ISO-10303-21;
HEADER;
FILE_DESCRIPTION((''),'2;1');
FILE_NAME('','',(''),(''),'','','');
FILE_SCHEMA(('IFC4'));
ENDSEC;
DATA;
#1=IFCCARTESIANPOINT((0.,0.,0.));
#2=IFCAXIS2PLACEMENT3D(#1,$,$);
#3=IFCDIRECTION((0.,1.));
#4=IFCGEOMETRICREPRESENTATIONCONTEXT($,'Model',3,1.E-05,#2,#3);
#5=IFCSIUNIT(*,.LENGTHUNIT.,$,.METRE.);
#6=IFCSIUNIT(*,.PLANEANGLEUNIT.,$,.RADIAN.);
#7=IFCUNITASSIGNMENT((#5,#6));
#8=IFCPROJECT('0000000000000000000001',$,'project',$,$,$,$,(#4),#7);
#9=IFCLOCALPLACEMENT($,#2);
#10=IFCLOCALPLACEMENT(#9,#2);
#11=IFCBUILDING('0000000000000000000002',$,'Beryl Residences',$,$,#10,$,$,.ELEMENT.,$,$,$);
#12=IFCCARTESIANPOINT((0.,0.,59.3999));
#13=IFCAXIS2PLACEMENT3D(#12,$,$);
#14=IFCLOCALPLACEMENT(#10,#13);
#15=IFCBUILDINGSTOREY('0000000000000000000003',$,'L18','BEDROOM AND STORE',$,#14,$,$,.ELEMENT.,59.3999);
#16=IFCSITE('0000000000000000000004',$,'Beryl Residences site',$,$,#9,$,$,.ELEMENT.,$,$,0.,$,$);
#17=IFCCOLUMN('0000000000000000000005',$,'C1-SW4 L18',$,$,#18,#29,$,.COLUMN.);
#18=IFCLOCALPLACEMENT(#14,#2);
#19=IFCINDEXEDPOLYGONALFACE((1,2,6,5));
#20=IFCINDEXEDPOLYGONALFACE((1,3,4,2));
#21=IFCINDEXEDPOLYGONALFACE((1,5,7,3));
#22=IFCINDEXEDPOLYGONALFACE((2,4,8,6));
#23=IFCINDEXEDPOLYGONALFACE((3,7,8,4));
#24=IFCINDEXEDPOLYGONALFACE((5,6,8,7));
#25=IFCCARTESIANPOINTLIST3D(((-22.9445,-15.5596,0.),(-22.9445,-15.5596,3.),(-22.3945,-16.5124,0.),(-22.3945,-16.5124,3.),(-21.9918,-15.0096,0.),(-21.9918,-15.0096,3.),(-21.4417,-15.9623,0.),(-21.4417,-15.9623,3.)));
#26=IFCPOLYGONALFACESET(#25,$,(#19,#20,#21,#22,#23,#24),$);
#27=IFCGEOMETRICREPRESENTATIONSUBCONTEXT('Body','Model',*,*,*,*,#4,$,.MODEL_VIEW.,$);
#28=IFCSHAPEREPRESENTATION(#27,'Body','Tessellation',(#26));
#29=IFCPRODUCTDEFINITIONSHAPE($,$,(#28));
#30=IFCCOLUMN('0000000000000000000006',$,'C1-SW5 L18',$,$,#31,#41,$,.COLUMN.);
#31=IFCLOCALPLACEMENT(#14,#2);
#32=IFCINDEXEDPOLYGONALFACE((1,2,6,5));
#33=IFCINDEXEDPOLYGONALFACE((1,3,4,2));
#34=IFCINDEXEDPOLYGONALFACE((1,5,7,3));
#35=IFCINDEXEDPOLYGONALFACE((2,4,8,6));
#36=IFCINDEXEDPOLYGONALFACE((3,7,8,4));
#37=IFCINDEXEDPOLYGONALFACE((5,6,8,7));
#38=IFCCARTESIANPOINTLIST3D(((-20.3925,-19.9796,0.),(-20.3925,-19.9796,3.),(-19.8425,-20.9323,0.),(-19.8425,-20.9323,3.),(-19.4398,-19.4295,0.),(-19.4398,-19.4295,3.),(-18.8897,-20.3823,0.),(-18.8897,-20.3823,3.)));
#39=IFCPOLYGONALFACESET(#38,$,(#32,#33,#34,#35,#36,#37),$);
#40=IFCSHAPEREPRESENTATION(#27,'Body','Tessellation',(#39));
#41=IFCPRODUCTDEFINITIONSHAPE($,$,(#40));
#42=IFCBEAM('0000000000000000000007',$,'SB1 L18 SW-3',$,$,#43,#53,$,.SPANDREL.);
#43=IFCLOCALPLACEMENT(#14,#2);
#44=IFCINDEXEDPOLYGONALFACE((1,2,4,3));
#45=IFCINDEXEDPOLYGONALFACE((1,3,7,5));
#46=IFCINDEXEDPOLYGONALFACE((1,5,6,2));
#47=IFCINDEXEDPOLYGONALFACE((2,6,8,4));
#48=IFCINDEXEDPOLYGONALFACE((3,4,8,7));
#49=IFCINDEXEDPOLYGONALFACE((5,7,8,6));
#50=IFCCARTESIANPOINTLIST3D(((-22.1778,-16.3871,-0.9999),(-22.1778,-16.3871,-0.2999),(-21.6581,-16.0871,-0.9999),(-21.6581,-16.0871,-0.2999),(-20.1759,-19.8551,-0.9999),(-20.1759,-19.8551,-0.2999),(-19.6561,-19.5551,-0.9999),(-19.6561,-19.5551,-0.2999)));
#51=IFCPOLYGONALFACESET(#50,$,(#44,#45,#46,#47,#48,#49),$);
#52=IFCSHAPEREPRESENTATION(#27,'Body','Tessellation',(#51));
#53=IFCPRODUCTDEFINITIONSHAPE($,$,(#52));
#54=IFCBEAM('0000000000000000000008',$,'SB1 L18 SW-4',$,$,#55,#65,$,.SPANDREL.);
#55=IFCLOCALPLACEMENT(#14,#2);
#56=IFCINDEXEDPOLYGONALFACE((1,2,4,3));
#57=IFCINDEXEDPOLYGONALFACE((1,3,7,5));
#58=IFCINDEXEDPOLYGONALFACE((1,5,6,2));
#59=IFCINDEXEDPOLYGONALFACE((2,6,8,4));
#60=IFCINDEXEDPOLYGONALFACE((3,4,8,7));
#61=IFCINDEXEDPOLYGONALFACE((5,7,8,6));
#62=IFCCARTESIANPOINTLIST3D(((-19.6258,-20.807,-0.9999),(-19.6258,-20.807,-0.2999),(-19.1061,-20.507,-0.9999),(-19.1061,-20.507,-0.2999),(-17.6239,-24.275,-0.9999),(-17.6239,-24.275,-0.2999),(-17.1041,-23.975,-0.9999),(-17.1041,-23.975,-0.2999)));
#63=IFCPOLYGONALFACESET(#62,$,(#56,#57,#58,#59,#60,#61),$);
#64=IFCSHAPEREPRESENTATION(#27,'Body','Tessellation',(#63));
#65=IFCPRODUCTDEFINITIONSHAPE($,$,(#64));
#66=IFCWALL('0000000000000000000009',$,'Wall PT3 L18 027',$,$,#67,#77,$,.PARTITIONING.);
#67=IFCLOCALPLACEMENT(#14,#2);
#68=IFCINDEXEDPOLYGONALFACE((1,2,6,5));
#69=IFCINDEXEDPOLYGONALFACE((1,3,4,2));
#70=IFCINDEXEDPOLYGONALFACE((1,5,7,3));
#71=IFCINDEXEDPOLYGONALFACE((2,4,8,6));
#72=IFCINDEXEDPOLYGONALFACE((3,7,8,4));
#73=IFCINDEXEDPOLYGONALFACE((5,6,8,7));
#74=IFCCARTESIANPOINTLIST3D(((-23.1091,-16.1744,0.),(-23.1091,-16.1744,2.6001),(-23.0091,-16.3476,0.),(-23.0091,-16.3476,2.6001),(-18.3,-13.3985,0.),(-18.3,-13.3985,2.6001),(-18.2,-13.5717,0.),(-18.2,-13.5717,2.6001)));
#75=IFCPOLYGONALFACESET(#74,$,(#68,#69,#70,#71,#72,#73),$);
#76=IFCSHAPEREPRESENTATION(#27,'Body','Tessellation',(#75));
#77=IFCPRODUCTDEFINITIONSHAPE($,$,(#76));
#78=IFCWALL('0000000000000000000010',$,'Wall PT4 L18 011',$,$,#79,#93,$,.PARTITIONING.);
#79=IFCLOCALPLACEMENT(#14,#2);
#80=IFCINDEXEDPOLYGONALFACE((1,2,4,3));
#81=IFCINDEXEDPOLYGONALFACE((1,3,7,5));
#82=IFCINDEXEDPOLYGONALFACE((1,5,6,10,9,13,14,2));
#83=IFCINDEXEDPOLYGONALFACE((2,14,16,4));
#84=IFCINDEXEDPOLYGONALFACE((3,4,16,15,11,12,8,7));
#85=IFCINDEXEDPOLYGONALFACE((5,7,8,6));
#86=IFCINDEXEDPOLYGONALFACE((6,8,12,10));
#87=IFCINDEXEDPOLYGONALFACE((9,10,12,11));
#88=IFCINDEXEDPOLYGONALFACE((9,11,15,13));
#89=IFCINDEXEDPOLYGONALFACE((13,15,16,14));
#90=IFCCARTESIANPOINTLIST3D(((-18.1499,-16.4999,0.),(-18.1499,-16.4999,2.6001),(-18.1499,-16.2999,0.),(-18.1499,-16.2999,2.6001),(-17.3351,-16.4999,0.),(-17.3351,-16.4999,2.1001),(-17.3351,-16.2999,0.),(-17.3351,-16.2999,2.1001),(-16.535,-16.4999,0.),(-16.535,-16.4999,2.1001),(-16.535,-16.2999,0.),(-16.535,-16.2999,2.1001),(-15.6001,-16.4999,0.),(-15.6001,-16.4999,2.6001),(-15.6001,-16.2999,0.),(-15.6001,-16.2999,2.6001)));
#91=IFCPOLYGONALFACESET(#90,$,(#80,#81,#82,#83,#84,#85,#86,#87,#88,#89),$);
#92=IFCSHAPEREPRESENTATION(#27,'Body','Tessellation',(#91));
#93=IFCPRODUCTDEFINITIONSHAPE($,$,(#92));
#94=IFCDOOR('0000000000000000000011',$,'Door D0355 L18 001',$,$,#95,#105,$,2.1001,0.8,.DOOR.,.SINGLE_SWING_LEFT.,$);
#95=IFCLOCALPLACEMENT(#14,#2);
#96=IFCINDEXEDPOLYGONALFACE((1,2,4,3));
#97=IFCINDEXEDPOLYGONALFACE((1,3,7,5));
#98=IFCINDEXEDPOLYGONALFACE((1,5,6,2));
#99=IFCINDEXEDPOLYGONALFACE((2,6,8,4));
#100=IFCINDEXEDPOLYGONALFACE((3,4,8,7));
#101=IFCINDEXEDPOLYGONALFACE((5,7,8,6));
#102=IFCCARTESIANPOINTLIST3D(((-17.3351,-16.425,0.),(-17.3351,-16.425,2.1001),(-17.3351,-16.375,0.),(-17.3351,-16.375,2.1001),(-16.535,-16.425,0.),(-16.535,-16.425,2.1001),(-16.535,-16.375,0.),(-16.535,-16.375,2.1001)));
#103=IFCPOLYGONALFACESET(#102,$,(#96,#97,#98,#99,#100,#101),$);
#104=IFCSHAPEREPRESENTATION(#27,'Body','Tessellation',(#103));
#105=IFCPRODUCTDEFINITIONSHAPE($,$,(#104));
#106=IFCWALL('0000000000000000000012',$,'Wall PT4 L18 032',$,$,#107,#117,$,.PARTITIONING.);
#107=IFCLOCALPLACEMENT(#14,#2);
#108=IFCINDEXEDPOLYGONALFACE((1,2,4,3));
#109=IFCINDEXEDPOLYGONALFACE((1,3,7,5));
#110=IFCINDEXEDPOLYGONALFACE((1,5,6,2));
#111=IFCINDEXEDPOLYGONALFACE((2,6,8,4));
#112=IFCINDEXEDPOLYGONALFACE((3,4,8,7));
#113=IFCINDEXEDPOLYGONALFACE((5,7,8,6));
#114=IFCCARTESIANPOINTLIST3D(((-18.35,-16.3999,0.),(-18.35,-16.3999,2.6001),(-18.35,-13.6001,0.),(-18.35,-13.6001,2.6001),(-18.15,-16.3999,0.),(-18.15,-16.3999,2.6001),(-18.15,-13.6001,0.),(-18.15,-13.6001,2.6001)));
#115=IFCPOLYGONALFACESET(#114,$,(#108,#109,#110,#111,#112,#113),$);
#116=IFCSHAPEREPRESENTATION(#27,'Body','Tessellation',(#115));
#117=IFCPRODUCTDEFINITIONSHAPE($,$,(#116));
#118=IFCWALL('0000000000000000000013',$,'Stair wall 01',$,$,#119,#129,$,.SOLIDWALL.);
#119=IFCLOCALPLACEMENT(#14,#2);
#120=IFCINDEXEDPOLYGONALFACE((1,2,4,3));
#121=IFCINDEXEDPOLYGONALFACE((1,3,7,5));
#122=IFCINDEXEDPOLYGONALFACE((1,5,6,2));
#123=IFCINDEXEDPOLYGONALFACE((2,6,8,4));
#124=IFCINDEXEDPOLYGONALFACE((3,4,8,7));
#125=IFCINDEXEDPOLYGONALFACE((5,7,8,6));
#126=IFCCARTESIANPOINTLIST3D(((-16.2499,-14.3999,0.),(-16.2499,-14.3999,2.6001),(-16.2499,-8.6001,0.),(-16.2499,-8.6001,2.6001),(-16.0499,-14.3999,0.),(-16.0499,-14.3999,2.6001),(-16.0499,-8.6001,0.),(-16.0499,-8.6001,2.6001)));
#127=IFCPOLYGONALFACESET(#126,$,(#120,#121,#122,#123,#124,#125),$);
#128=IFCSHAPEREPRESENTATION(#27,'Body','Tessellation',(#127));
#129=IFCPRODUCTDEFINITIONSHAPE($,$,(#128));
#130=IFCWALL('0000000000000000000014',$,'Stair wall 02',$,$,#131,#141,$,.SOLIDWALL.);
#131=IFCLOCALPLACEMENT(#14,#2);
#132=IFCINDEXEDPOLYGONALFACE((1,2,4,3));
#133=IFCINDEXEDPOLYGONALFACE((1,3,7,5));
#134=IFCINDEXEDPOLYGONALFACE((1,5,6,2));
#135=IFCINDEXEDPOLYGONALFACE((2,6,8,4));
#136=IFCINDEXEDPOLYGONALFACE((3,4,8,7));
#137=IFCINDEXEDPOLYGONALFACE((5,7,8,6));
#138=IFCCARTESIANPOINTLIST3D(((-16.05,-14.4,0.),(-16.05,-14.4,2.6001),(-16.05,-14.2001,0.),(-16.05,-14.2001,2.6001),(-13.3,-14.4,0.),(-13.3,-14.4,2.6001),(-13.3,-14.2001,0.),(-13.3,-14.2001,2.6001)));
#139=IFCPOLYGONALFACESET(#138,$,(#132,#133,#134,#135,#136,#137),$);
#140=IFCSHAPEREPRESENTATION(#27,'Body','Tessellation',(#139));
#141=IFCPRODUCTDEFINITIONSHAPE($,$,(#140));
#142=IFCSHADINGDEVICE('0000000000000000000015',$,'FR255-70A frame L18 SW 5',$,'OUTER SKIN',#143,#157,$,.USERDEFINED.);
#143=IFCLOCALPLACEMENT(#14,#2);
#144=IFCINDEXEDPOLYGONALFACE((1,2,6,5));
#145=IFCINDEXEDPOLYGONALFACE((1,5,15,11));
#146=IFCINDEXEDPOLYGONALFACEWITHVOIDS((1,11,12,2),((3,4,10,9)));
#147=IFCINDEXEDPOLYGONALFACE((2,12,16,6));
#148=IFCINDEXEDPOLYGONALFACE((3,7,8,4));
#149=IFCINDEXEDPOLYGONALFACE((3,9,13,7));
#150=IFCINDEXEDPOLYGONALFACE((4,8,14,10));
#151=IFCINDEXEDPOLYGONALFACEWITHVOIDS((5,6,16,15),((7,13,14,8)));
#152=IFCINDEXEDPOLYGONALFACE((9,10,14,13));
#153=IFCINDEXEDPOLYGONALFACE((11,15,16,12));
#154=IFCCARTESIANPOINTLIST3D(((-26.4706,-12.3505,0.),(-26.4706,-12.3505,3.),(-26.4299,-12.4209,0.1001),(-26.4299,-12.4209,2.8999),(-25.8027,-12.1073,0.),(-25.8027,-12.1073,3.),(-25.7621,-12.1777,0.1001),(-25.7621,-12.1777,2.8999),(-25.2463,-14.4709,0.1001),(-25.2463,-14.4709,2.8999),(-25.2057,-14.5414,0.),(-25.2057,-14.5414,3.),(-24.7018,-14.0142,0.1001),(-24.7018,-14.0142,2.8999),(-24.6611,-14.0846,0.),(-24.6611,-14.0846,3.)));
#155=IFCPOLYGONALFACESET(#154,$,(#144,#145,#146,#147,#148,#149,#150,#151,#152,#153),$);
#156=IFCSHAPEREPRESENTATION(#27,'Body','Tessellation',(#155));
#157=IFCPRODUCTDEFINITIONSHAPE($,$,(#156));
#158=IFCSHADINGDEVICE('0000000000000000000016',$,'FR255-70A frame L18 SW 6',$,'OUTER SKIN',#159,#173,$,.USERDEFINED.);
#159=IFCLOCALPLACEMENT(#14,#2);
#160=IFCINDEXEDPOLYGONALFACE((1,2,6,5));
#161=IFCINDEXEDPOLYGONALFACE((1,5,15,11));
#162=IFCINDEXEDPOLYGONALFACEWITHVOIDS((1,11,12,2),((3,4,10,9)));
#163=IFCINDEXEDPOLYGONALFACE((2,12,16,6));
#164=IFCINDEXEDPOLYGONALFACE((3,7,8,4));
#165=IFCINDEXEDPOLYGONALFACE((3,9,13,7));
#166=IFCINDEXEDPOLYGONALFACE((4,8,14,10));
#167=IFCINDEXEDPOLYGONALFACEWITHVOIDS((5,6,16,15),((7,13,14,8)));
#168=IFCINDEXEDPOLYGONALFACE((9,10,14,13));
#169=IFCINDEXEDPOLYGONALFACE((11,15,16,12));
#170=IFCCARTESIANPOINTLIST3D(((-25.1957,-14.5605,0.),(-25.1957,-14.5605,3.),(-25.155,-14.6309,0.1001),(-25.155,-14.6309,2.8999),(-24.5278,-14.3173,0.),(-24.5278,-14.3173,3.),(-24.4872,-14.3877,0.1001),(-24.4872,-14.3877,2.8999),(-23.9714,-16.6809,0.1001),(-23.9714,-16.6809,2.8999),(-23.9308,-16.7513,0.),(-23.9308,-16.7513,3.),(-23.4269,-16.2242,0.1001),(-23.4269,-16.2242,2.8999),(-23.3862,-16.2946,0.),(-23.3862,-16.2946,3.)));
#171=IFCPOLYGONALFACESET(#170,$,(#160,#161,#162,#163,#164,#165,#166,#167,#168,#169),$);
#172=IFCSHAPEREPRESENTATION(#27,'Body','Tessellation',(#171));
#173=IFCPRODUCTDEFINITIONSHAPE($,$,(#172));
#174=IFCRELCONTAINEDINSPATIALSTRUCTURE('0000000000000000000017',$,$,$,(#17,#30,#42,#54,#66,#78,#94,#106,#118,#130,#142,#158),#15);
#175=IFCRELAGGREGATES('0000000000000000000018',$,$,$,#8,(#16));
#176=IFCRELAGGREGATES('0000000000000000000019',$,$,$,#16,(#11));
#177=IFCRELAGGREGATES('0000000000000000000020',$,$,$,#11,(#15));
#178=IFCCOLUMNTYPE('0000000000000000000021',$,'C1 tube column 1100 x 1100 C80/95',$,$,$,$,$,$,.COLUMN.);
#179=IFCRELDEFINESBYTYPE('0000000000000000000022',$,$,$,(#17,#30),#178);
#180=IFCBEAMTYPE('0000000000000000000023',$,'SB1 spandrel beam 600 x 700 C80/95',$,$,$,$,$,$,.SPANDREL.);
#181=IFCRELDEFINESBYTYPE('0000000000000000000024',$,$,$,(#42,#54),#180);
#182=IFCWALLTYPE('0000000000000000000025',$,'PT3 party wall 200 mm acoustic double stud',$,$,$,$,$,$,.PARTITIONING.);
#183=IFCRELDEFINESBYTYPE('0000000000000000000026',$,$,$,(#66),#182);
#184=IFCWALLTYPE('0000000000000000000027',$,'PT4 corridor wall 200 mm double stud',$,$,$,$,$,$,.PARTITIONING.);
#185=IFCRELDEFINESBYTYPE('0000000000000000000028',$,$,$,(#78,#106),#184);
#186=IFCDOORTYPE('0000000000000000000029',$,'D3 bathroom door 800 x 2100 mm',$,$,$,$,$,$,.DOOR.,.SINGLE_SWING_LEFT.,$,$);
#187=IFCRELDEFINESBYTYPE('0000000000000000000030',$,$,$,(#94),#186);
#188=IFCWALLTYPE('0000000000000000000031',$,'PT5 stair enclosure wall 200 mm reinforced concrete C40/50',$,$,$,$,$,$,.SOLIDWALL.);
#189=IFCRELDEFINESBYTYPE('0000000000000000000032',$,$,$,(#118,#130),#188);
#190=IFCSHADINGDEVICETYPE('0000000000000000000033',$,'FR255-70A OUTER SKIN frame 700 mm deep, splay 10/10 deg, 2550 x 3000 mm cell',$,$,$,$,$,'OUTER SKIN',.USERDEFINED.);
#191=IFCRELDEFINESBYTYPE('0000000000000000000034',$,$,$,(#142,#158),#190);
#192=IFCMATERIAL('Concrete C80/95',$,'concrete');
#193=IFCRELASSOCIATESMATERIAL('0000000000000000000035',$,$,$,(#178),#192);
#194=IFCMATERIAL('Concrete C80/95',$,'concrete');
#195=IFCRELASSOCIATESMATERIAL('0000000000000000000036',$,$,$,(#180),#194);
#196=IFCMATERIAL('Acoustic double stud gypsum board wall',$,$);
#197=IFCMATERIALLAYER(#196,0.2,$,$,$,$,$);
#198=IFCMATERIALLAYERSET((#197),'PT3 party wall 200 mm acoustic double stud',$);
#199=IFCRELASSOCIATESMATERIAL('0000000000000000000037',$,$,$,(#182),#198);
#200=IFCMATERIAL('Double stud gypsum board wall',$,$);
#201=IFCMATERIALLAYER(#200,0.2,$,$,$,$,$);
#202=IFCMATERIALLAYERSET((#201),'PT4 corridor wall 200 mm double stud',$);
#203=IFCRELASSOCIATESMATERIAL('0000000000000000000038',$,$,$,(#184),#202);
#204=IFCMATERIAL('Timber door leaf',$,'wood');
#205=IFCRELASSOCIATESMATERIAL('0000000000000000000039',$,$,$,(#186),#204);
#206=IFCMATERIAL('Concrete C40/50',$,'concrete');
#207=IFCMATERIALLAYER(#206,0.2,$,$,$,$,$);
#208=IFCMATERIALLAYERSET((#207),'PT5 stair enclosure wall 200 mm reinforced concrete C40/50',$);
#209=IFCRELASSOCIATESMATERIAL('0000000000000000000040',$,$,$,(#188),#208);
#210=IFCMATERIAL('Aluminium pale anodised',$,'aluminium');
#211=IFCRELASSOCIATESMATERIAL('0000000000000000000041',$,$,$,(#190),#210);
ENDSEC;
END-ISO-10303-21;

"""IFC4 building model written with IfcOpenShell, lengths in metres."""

from ifc_helpers import new_model, entity, si_unit, direction, frame, frame_2d, origin, origin_2d, place, context, subcontext, project, spatial, rectangle, extrude, source, transform, mapped, material, layer, layer_set, material_profile, profile_set, type_object, type_shapes, element, fill, save


model = new_model("IFC4")

# Units and contexts
model_context = context("Model", 3, precision=1e-05, world=origin(), true_north=direction((0.0, 1.0)))
body_context = subcontext(model_context, "Body", "Model", "MODEL_VIEW")
ifc_project = project(units=[si_unit("LENGTHUNIT", "METRE"), si_unit("PLANEANGLEUNIT", "RADIAN")], contexts=[model_context])

# Site, building, storey
site_placement = place(None, origin())
site = spatial("IfcSite", under=ifc_project, at=site_placement, Name="Beryl Residences site", CompositionType="ELEMENT", RefElevation=0.0)
building_placement = place(site_placement, origin())
building = spatial("IfcBuilding", under=site, at=building_placement, Name="Beryl Residences", CompositionType="ELEMENT")
storey_placement = place(building_placement, frame((0.0, 0.0, 59.3999)))
storey = spatial("IfcBuildingStorey", under=building, at=storey_placement, Name="L18", Description="BEDROOM AND STORE", CompositionType="ELEMENT", Elevation=59.3999)

# Columns
ifc_material_1 = material(Name="Concrete C80/95", Category="concrete")
ifc_material_profile_1 = material_profile(ifc_material_1, rectangle(XDim=1.1001, YDim=1.1001, at=origin_2d()))
ifc_profile_set_1 = profile_set([ifc_material_profile_1], Name="Concrete C80/95")
column_type = type_object("IfcColumnType", Name="C1 tube column 1100 x 1100 C80/95", PredefinedType="COLUMN", material=ifc_profile_set_1)
for number, where, z_axis, x_axis, name in (
    (1, (-22.1931, -15.761, 0.0), (0.0, 0.0, 1.0), (0.499985, -0.866034, 0.0), "C1-SW4 L18"),
    (2, (-19.6411, -20.1809, 0.0), (0.0, 0.0, 1.0), (0.499985, -0.866034, 0.0), "C1-SW5 L18"),
):
    element("IfcColumn", number, at=place(storey_placement, frame(where, z_axis=z_axis, x_axis=x_axis)), inside=storey, type_object=column_type, Name=name, PredefinedType="COLUMN", context=body_context, shape_type="SweptSolid", body=[
        extrude(rectangle(XDim=1.1001, YDim=1.1001, at=origin_2d()), origin(), (0.0, 0.0, 1.0), 3.0),
    ])

# Beams
ifc_material_2 = material(Name="Concrete C80/95", Category="concrete")
ifc_material_profile_2 = material_profile(ifc_material_2, rectangle(XDim=0.6001, YDim=0.7, at=origin_2d()))
ifc_profile_set_2 = profile_set([ifc_material_profile_2], Name="Concrete C80/95")
beam_type = type_object("IfcBeamType", Name="SB1 spandrel beam 600 x 700 C80/95", PredefinedType="SPANDREL", material=ifc_profile_set_2)
for number, where, z_axis, x_axis, name in (
    (3, (-21.918, -16.2371, -0.6499), (0.499942, -0.866059, 0.0), (0.866059, 0.499942, 0.0), "SB1 L18 SW-3"),
    (4, (-19.366, -20.657, -0.6499), (0.499942, -0.866059, 0.0), (0.866059, 0.499942, 0.0), "SB1 L18 SW-4"),
):
    element("IfcBeam", number, at=place(storey_placement, frame(where, z_axis=z_axis, x_axis=x_axis)), inside=storey, type_object=beam_type, Name=name, PredefinedType="SPANDREL", context=body_context, shape_type="SweptSolid", body=[
        extrude(rectangle(XDim=0.6001, YDim=0.7, at=origin_2d()), origin(), (0.0, 0.0, 1.0), 4.0044),
    ])

# Wall
ifc_material_3 = material(Name="Acoustic double stud gypsum board wall")
ifc_layer_1 = layer(ifc_material_3, 0.2)
ifc_layer_set_1 = layer_set([ifc_layer_1], Name="PT3 party wall 200 mm acoustic double stud")
wall_type_1 = type_object("IfcWallType", Name="PT3 party wall 200 mm acoustic double stud", PredefinedType="PARTITIONING", material=ifc_layer_set_1)
wall_1_placement = place(storey_placement, frame((-23.0591, -16.261, 0.0), z_axis=(0.0, 0.0, 1.0), x_axis=(0.866076, 0.499913, 0.0)))
element("IfcWall", 5, at=wall_1_placement, inside=storey, type_object=wall_type_1, Name="Wall PT3 L18 027", PredefinedType="PARTITIONING", context=body_context, shape_type="SweptSolid", body=[
    extrude(rectangle(XDim=5.5527, YDim=0.2, at=frame_2d((2.7764, 0.0))), origin(), (0.0, 0.0, 1.0), 2.6001),
])

# Wall, opening, door
ifc_material_4 = material(Name="Double stud gypsum board wall")
ifc_layer_2 = layer(ifc_material_4, 0.2)
ifc_layer_set_2 = layer_set([ifc_layer_2], Name="PT4 corridor wall 200 mm double stud")
wall_type_2 = type_object("IfcWallType", Name="PT4 corridor wall 200 mm double stud", PredefinedType="PARTITIONING", material=ifc_layer_set_2)
wall_2_placement = place(storey_placement, frame((-18.1499, -16.3999, 0.0), z_axis=(0.0, 0.0, 1.0), x_axis=(1.0, 0.0, 0.0)))
wall_2 = element("IfcWall", 6, at=wall_2_placement, inside=storey, type_object=wall_type_2, Name="Wall PT4 L18 011", PredefinedType="PARTITIONING", context=body_context, shape_type="SweptSolid", body=[
    extrude(rectangle(XDim=2.5498, YDim=0.2, at=frame_2d((1.2749, 0.0))), origin(), (0.0, 0.0, 1.0), 2.6001),
])
opening_placement = place(wall_2_placement, frame((0.8149, 0.0, 0.0)))
opening = element("IfcOpeningElement", 7, at=opening_placement, cuts=wall_2, PredefinedType="OPENING", context=body_context, shape_type="SweptSolid", body=[
    extrude(rectangle(XDim=0.8, YDim=2.1001, at=frame_2d((0.3999, 1.05))), frame((0.0, 0.1099, 0.0), z_axis=(0.0, -1.0, 0.0), x_axis=(1.0, 0.0, 0.0)), (0.0, 0.0, 1.0), 0.22),
])
ifc_material_5 = material(Name="Timber door leaf", Category="wood")
door_type = type_object("IfcDoorType", Name="D3 bathroom door 800 x 2100 mm", OperationType="SINGLE_SWING_LEFT", PredefinedType="DOOR", material=ifc_material_5)
door_placement = place(opening_placement, origin())
door = element("IfcDoor", 8, at=door_placement, inside=storey, type_object=door_type, Name="Door D0355 L18 001", OperationType="SINGLE_SWING_LEFT", OverallHeight=2.1001, OverallWidth=0.8, PredefinedType="DOOR", context=body_context, shape_type="SweptSolid", body=[
    extrude(rectangle(XDim=0.8, YDim=2.1001, at=frame_2d((0.3999, 1.05))), frame((0.0, 0.0249, 0.0), z_axis=(0.0, -1.0, 0.0), x_axis=(1.0, 0.0, 0.0)), (0.0, 0.0, 1.0), 0.05),
])
fill(opening, door)

# Walls
wall_3_placement = place(storey_placement, frame((-18.25, -16.3999, 0.0), z_axis=(0.0, 0.0, 1.0), x_axis=(0.0, 1.0, 0.0)))
element("IfcWall", 9, at=wall_3_placement, inside=storey, type_object=wall_type_2, Name="Wall PT4 L18 032", PredefinedType="PARTITIONING", context=body_context, shape_type="SweptSolid", body=[
    extrude(rectangle(XDim=2.7998, YDim=0.2, at=frame_2d((1.3999, 0.0))), origin(), (0.0, 0.0, 1.0), 2.6001),
])
ifc_material_6 = material(Name="Concrete C40/50", Category="concrete")
ifc_layer_3 = layer(ifc_material_6, 0.2)
ifc_layer_set_3 = layer_set([ifc_layer_3], Name="PT5 stair enclosure wall 200 mm reinforced concrete C40/50")
wall_type_3 = type_object("IfcWallType", Name="PT5 stair enclosure wall 200 mm reinforced concrete C40/50", PredefinedType="SOLIDWALL", material=ifc_layer_set_3)
wall_4_placement = place(storey_placement, frame((-16.1499, -14.3999, 0.0), z_axis=(0.0, 0.0, 1.0), x_axis=(0.0, 1.0, 0.0)))
element("IfcWall", 10, at=wall_4_placement, inside=storey, type_object=wall_type_3, Name="Stair wall 01", PredefinedType="SOLIDWALL", context=body_context, shape_type="SweptSolid", body=[
    extrude(rectangle(XDim=5.7998, YDim=0.2, at=frame_2d((2.8999, 0.0))), origin(), (0.0, 0.0, 1.0), 2.6001),
])
wall_5_placement = place(storey_placement, frame((-16.05, -14.3, 0.0), z_axis=(0.0, 0.0, 1.0), x_axis=(1.0, 0.0, 0.0)))
element("IfcWall", 11, at=wall_5_placement, inside=storey, type_object=wall_type_3, Name="Stair wall 02", PredefinedType="SOLIDWALL", context=body_context, shape_type="SweptSolid", body=[
    extrude(rectangle(XDim=2.75, YDim=0.2, at=frame_2d((1.375, 0.0))), origin(), (0.0, 0.0, 1.0), 2.6001),
])

# Shading devices
ifc_material_7 = material(Name="Aluminium pale anodised", Category="aluminium")
shading_device_type = type_object("IfcShadingDeviceType", Name="FR255-70A OUTER SKIN frame 700 mm deep, splay 10/10 deg, 2550 x 3000 mm cell", ElementType="OUTER SKIN", PredefinedType="USERDEFINED", material=ifc_material_7)
cartesian_point_1 = entity("IfcCartesianPoint", [-1.1416, 0.0])
cartesian_point_2 = entity("IfcCartesianPoint", [-1.0603, 0.1001])
cartesian_point_3 = entity("IfcCartesianPoint", [-1.2649, 0.0])
cartesian_point_4 = entity("IfcCartesianPoint", [-1.1836, 0.1001])
shared_shape = source(origin(), body_context, "Body", "SweptSolid", [
    entity("IfcExtrudedAreaSolidTapered", entity("IfcArbitraryProfileDefWithVoids", "AREA", None, entity("IfcPolyline", [cartesian_point_1, entity("IfcCartesianPoint", [1.1416, 0.0]), entity("IfcCartesianPoint", [1.1416, 3.0]), entity("IfcCartesianPoint", [-1.1416, 3.0]), cartesian_point_1]), [entity("IfcPolyline", [cartesian_point_2, entity("IfcCartesianPoint", [1.0603, 0.1001]), entity("IfcCartesianPoint", [1.0603, 2.8999]), entity("IfcCartesianPoint", [-1.0603, 2.8999]), cartesian_point_2])]), entity("IfcAxis2Placement3D", entity("IfcCartesianPoint", [0.0, 0.0, 0.0]), entity("IfcDirection", [0.0, 1.0, 0.0]), entity("IfcDirection", [-1.0, 0.0, 0.0])), entity("IfcDirection", [0.0, 0.0, 1.0]), 0.7, entity("IfcArbitraryProfileDefWithVoids", "AREA", None, entity("IfcPolyline", [cartesian_point_3, entity("IfcCartesianPoint", [1.2649, 0.0]), entity("IfcCartesianPoint", [1.2649, 3.0]), entity("IfcCartesianPoint", [-1.2649, 3.0]), cartesian_point_3]), [entity("IfcPolyline", [cartesian_point_4, entity("IfcCartesianPoint", [1.1836, 0.1001]), entity("IfcCartesianPoint", [1.1836, 2.8999]), entity("IfcCartesianPoint", [-1.1836, 2.8999]), cartesian_point_4])])),
])
type_shapes(shading_device_type, [shared_shape])
for number, where, z_axis, x_axis, name in (
    (12, (-25.2319, -13.0959, 0.0), (0.0, 0.0, 1.0), (-0.5, 0.866025, 0.0), "FR255-70A frame L18 SW 5"),
    (13, (-23.957, -15.3059, 0.0), (0.0, 0.0, 1.0), (-0.5, 0.866025, 0.0), "FR255-70A frame L18 SW 6"),
):
    element("IfcShadingDevice", number, at=place(storey_placement, frame(where, z_axis=z_axis, x_axis=x_axis)), inside=storey, type_object=shading_device_type, Name=name, ObjectType="OUTER SKIN", PredefinedType="USERDEFINED", context=body_context, shape_type="MappedRepresentation", body=[
        mapped(shared_shape, transform((0.0, 0.0, 0.0))),
    ])

save(model, "model.ifc")
